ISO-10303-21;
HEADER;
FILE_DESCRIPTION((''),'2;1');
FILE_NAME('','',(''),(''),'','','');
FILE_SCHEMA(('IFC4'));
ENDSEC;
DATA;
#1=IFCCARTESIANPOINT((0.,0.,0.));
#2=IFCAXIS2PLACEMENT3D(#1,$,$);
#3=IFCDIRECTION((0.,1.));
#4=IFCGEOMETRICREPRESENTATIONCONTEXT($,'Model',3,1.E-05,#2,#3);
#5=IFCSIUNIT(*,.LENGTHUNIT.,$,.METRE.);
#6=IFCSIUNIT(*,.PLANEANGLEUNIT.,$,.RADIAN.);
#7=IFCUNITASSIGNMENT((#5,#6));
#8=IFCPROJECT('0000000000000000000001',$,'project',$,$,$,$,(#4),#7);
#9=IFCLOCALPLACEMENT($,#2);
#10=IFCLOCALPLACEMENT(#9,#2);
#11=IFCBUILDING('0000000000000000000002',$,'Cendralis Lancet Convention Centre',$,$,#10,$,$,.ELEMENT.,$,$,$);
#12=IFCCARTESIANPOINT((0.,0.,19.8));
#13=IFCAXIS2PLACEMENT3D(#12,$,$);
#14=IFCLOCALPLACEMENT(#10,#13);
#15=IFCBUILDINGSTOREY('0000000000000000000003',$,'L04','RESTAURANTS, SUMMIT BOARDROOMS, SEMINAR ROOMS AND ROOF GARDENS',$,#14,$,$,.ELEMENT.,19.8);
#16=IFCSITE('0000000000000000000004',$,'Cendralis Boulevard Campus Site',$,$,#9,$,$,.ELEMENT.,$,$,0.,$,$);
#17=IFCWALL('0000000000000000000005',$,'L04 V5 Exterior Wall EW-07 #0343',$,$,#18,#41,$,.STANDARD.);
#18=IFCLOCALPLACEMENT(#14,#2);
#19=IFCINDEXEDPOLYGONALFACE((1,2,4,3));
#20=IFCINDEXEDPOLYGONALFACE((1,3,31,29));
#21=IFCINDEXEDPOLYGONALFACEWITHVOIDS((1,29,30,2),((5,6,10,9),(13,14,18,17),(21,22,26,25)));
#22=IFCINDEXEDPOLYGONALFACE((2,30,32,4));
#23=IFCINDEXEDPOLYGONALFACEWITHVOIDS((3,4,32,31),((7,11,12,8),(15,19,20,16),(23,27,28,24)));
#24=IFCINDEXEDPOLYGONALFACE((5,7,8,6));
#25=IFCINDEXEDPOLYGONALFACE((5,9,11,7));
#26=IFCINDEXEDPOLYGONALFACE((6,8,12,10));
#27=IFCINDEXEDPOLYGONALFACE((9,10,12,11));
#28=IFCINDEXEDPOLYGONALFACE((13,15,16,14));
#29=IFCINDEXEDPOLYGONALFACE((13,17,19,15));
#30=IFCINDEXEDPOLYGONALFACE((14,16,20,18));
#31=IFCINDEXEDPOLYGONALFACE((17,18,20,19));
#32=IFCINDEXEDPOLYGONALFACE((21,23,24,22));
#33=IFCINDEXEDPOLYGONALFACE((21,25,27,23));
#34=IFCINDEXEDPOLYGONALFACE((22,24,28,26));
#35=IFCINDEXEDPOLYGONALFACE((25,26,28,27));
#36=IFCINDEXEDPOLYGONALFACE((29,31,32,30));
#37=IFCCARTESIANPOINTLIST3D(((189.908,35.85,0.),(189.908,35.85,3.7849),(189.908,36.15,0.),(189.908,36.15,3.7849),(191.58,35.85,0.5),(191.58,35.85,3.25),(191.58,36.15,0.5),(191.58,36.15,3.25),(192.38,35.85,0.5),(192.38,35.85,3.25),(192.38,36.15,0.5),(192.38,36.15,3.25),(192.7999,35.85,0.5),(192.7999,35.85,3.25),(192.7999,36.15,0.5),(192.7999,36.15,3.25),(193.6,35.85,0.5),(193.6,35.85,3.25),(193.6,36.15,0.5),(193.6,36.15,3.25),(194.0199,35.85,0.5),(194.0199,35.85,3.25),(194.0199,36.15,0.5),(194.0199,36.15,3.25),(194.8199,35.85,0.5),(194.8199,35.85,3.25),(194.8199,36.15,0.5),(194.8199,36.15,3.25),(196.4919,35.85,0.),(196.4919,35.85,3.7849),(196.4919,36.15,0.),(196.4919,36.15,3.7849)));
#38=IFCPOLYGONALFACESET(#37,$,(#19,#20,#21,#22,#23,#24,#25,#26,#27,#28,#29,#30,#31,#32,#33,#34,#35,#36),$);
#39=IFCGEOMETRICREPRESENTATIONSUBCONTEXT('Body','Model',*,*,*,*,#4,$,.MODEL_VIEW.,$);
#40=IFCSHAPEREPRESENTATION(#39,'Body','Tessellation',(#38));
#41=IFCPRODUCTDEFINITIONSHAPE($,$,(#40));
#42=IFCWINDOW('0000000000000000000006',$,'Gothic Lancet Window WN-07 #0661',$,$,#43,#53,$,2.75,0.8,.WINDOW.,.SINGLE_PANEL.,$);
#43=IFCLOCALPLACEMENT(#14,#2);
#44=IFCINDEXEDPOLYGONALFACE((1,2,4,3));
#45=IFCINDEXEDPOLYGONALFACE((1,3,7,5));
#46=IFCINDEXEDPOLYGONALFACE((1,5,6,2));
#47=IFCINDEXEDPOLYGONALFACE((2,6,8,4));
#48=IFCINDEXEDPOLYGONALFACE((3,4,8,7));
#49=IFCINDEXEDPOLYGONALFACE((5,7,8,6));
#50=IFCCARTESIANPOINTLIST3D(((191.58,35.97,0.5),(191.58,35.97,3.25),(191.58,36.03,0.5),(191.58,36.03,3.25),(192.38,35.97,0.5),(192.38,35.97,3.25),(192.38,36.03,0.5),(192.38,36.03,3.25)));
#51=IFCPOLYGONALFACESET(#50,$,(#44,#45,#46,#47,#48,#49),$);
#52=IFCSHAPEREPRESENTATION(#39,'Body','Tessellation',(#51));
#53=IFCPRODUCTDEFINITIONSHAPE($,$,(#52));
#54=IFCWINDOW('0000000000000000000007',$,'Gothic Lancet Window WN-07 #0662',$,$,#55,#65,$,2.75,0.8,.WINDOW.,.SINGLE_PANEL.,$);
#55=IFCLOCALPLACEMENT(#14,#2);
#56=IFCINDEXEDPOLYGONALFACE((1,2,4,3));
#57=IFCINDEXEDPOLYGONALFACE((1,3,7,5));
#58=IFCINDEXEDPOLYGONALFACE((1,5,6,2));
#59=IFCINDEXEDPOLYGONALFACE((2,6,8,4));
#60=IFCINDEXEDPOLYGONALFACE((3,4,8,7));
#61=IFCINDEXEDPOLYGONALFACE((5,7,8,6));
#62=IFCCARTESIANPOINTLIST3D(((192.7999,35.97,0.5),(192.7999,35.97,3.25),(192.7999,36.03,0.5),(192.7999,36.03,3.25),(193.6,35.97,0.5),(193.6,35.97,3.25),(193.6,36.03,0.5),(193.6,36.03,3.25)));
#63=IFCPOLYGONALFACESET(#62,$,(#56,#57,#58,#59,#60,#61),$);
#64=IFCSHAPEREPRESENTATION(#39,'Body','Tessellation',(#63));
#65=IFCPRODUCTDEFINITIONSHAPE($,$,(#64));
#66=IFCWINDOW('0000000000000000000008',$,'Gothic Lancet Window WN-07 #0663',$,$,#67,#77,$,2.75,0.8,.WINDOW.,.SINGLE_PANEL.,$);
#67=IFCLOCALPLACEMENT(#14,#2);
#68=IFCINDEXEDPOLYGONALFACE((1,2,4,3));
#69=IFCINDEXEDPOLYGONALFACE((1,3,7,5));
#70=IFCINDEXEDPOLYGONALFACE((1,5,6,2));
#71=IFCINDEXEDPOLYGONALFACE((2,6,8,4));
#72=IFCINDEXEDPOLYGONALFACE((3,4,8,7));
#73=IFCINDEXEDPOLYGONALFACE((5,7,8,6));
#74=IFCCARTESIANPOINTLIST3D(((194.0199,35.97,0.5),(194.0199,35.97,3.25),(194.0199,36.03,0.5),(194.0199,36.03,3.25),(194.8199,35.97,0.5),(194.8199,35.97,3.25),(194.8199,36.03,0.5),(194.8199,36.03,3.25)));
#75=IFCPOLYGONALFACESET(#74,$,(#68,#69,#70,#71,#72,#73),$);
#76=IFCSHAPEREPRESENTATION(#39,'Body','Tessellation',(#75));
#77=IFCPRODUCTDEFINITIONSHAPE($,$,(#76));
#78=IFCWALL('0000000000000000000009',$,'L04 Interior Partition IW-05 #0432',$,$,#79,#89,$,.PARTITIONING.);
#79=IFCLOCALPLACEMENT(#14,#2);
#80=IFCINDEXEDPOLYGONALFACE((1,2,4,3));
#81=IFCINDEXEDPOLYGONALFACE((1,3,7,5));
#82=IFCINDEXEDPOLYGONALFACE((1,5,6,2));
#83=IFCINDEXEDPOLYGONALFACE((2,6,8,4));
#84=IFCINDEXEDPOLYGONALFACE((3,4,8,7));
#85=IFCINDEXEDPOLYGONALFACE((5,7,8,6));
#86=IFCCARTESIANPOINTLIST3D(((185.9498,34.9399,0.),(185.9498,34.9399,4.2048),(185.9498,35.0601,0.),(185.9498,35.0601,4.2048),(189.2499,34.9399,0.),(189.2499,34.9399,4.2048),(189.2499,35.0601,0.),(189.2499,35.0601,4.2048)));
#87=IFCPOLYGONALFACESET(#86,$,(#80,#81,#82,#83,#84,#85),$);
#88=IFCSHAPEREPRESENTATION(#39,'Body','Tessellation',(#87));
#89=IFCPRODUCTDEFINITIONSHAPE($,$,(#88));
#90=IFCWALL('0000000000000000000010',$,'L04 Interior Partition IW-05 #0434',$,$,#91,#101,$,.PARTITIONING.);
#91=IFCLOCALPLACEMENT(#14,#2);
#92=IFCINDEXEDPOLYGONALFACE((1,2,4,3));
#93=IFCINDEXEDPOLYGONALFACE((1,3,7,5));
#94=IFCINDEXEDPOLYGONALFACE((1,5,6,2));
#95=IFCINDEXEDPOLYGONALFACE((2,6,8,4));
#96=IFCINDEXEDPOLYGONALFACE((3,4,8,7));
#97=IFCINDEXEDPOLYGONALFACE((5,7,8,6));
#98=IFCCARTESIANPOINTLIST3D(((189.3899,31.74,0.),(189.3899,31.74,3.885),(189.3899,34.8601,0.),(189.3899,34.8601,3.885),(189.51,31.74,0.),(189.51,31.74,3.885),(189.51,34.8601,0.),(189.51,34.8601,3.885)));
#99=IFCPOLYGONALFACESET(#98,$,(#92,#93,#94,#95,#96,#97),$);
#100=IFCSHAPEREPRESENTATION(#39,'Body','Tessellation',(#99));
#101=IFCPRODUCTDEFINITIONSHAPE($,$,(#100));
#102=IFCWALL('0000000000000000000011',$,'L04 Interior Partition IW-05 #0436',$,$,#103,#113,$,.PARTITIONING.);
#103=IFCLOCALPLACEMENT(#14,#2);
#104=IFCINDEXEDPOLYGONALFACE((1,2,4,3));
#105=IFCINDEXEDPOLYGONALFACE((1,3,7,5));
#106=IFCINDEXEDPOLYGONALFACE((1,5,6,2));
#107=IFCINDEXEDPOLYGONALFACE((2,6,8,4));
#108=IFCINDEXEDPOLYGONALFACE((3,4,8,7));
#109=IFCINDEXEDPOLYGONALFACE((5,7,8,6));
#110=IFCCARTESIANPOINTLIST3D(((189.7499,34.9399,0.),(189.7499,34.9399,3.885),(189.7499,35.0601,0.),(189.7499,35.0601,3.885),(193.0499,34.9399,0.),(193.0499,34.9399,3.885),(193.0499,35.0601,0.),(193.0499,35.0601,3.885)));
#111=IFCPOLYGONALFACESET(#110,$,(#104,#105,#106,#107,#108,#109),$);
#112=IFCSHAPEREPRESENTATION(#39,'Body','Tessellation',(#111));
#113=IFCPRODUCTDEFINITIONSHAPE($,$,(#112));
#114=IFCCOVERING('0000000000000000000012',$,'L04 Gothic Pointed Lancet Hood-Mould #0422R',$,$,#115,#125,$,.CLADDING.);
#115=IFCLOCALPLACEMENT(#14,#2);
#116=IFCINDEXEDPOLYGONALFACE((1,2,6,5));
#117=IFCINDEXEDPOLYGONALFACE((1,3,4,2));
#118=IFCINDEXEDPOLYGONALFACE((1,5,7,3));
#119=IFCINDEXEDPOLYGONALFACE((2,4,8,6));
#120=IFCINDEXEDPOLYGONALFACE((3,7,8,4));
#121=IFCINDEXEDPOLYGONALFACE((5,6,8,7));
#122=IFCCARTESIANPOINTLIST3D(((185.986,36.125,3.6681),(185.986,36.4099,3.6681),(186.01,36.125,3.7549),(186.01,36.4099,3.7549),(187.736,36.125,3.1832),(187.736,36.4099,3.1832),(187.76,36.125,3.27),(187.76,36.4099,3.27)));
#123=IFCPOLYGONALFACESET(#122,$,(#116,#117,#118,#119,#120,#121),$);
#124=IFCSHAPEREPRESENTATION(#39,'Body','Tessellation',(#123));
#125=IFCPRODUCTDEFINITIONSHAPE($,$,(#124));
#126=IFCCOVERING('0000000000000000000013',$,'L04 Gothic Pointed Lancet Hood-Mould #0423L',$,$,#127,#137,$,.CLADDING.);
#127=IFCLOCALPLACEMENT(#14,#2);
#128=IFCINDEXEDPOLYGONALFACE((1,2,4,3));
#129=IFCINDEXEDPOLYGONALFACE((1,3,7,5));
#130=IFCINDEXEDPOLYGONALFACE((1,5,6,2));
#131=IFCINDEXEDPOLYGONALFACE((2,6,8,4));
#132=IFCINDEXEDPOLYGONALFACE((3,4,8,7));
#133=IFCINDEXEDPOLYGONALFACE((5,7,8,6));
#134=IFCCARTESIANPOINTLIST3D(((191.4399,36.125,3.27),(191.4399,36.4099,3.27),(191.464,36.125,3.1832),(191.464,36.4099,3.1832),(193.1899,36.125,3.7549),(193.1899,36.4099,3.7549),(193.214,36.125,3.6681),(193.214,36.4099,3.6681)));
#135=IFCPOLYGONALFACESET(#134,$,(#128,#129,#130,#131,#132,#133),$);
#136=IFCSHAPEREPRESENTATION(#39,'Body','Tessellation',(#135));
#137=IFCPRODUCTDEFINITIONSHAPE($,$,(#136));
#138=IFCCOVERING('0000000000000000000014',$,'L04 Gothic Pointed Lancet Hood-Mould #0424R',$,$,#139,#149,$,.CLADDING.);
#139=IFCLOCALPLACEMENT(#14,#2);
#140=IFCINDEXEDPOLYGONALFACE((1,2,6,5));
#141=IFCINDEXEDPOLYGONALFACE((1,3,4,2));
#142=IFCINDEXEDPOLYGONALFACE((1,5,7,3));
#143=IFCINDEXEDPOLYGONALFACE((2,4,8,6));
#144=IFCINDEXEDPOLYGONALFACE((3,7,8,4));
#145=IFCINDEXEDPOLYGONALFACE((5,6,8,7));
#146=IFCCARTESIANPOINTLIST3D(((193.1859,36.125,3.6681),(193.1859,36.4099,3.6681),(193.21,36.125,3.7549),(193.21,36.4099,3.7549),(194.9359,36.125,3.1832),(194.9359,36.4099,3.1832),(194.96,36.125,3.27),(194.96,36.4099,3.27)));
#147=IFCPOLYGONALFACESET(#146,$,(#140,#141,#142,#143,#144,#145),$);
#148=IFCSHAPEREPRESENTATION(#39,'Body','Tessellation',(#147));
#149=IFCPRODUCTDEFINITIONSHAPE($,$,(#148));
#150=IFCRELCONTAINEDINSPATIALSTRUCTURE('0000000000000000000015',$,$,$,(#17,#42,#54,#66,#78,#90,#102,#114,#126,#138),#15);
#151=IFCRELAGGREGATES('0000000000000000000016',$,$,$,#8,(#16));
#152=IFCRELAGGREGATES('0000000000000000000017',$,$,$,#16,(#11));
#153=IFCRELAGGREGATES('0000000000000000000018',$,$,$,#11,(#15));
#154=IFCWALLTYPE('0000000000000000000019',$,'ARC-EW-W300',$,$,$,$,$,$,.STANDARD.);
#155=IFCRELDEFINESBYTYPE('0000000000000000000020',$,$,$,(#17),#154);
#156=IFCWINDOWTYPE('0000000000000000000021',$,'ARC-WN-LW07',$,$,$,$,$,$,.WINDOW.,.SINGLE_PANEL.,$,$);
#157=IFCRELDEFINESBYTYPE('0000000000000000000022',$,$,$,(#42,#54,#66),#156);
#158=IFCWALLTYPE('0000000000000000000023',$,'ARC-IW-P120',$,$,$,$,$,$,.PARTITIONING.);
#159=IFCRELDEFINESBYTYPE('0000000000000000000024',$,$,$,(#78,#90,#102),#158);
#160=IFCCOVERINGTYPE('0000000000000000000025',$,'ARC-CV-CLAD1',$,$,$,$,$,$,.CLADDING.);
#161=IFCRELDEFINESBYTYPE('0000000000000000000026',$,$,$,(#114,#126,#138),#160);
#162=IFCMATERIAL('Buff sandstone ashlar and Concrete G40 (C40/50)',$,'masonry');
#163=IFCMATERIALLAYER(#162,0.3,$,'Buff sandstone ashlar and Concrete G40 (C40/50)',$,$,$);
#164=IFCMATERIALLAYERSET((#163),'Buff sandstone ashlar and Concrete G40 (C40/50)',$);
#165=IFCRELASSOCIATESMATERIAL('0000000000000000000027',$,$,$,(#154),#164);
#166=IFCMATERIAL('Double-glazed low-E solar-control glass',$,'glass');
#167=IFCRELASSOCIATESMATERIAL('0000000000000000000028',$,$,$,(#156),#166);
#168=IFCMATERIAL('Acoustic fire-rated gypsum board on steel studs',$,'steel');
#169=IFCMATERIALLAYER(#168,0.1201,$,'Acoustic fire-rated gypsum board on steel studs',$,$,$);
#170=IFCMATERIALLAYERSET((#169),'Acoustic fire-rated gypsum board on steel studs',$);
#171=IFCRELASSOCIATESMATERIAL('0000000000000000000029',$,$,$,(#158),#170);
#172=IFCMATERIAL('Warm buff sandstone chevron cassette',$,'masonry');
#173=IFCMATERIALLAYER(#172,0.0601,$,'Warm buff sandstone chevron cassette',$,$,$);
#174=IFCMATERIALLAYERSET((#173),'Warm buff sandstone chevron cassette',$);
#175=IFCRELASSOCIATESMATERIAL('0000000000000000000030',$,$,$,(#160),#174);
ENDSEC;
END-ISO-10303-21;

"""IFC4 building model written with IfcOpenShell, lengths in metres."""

from ifc_helpers import new_model, si_unit, direction, frame, frame_2d, origin, place, context, subcontext, project, spatial, polyline, rectangle, outline, extrude, material, layer, layer_set, type_object, element, fill, save


model = new_model("IFC4")

# Units and contexts
model_context = context("Model", 3, precision=1e-05, world=origin(), true_north=direction((0.0, 1.0)))
body_context = subcontext(model_context, "Body", "Model", "MODEL_VIEW")
ifc_project = project(units=[si_unit("LENGTHUNIT", "METRE"), si_unit("PLANEANGLEUNIT", "RADIAN")], contexts=[model_context])

# Site, building, storey
site_placement = place(None, origin())
site = spatial("IfcSite", under=ifc_project, at=site_placement, Name="Cendralis Boulevard Campus Site", CompositionType="ELEMENT", RefElevation=0.0)
building_placement = place(site_placement, origin())
building = spatial("IfcBuilding", under=site, at=building_placement, Name="Cendralis Lancet Convention Centre", CompositionType="ELEMENT")
storey_placement = place(building_placement, frame((0.0, 0.0, 19.8)))
storey = spatial("IfcBuildingStorey", under=building, at=storey_placement, Name="L04", Description="RESTAURANTS, SUMMIT BOARDROOMS, SEMINAR ROOMS AND ROOF GARDENS", CompositionType="ELEMENT", Elevation=19.8)

# Wall, openings, windows
ifc_material_1 = material(Name="Buff sandstone ashlar and Concrete G40 (C40/50)", Category="masonry")
ifc_layer_1 = layer(ifc_material_1, 0.3, Name="Buff sandstone ashlar and Concrete G40 (C40/50)")
ifc_layer_set_1 = layer_set([ifc_layer_1], Name="Buff sandstone ashlar and Concrete G40 (C40/50)")
wall_type_1 = type_object("IfcWallType", Name="ARC-EW-W300", PredefinedType="STANDARD", material=ifc_layer_set_1)
wall_1_placement = place(storey_placement, frame((189.908, 36.0, 0.0), z_axis=(0.0, 0.0, 1.0), x_axis=(1.0, 0.0, 0.0)))
wall_1 = element("IfcWall", 1, at=wall_1_placement, inside=storey, type_object=wall_type_1, Name="L04 V5 Exterior Wall EW-07 #0343", PredefinedType="STANDARD", context=body_context, shape_type="SweptSolid", body=[
    extrude(rectangle(XDim=6.584, YDim=0.3, at=frame_2d((3.292, 0.0))), origin(), (0.0, 0.0, 1.0), 3.7849),
])
opening_1_placement = place(wall_1_placement, frame((1.6721, 0.0, 0.5)))
opening_1 = element("IfcOpeningElement", 2, at=opening_1_placement, cuts=wall_1, PredefinedType="OPENING", context=body_context, shape_type="SweptSolid", body=[
    extrude(rectangle(XDim=0.8, YDim=2.75, at=frame_2d((0.3999, 1.375))), frame((0.0, 0.1599, 0.0), z_axis=(0.0, -1.0, 0.0), x_axis=(1.0, 0.0, 0.0)), (0.0, 0.0, 1.0), 0.3201),
])
opening_2_placement = place(wall_1_placement, frame((2.8921, 0.0, 0.5)))
opening_2 = element("IfcOpeningElement", 3, at=opening_2_placement, cuts=wall_1, PredefinedType="OPENING", context=body_context, shape_type="SweptSolid", body=[
    extrude(rectangle(XDim=0.8, YDim=2.75, at=frame_2d((0.3999, 1.375))), frame((0.0, 0.1599, 0.0), z_axis=(0.0, -1.0, 0.0), x_axis=(1.0, 0.0, 0.0)), (0.0, 0.0, 1.0), 0.3201),
])
opening_3_placement = place(wall_1_placement, frame((4.1121, 0.0, 0.5)))
opening_3 = element("IfcOpeningElement", 4, at=opening_3_placement, cuts=wall_1, PredefinedType="OPENING", context=body_context, shape_type="SweptSolid", body=[
    extrude(rectangle(XDim=0.8, YDim=2.75, at=frame_2d((0.3999, 1.375))), frame((0.0, 0.1599, 0.0), z_axis=(0.0, -1.0, 0.0), x_axis=(1.0, 0.0, 0.0)), (0.0, 0.0, 1.0), 0.3201),
])
ifc_material_2 = material(Name="Double-glazed low-E solar-control glass", Category="glass")
window_type = type_object("IfcWindowType", Name="ARC-WN-LW07", PartitioningType="SINGLE_PANEL", PredefinedType="WINDOW", material=ifc_material_2)
window_1_placement = place(opening_1_placement, origin())
window_1 = element("IfcWindow", 5, at=window_1_placement, inside=storey, type_object=window_type, Name="Gothic Lancet Window WN-07 #0661", OverallHeight=2.75, OverallWidth=0.8, PartitioningType="SINGLE_PANEL", PredefinedType="WINDOW", context=body_context, shape_type="SweptSolid", body=[
    extrude(rectangle(XDim=0.8, YDim=2.75, at=frame_2d((0.3999, 1.375))), frame((0.0, 0.03, 0.0), z_axis=(0.0, -1.0, 0.0), x_axis=(1.0, 0.0, 0.0)), (0.0, 0.0, 1.0), 0.0601),
])
fill(opening_1, window_1)
window_2_placement = place(opening_2_placement, origin())
window_2 = element("IfcWindow", 6, at=window_2_placement, inside=storey, type_object=window_type, Name="Gothic Lancet Window WN-07 #0662", OverallHeight=2.75, OverallWidth=0.8, PartitioningType="SINGLE_PANEL", PredefinedType="WINDOW", context=body_context, shape_type="SweptSolid", body=[
    extrude(rectangle(XDim=0.8, YDim=2.75, at=frame_2d((0.3999, 1.375))), frame((0.0, 0.03, 0.0), z_axis=(0.0, -1.0, 0.0), x_axis=(1.0, 0.0, 0.0)), (0.0, 0.0, 1.0), 0.0601),
])
fill(opening_2, window_2)
window_3_placement = place(opening_3_placement, origin())
window_3 = element("IfcWindow", 7, at=window_3_placement, inside=storey, type_object=window_type, Name="Gothic Lancet Window WN-07 #0663", OverallHeight=2.75, OverallWidth=0.8, PartitioningType="SINGLE_PANEL", PredefinedType="WINDOW", context=body_context, shape_type="SweptSolid", body=[
    extrude(rectangle(XDim=0.8, YDim=2.75, at=frame_2d((0.3999, 1.375))), frame((0.0, 0.03, 0.0), z_axis=(0.0, -1.0, 0.0), x_axis=(1.0, 0.0, 0.0)), (0.0, 0.0, 1.0), 0.0601),
])
fill(opening_3, window_3)

# Walls
ifc_material_3 = material(Name="Acoustic fire-rated gypsum board on steel studs", Category="steel")
ifc_layer_2 = layer(ifc_material_3, 0.1201, Name="Acoustic fire-rated gypsum board on steel studs")
ifc_layer_set_2 = layer_set([ifc_layer_2], Name="Acoustic fire-rated gypsum board on steel studs")
wall_type_2 = type_object("IfcWallType", Name="ARC-IW-P120", PredefinedType="PARTITIONING", material=ifc_layer_set_2)
wall_2_placement = place(storey_placement, frame((185.95, 35.0, 0.0), z_axis=(0.0, 0.0, 1.0), x_axis=(1.0, 0.0, 0.0)))
element("IfcWall", 8, at=wall_2_placement, inside=storey, type_object=wall_type_2, Name="L04 Interior Partition IW-05 #0432", PredefinedType="PARTITIONING", context=body_context, shape_type="SweptSolid", body=[
    extrude(rectangle(XDim=3.3, YDim=0.1201, at=frame_2d((1.6499, 0.0))), origin(), (0.0, 0.0, 1.0), 4.2048),
])
wall_3_placement = place(storey_placement, frame((189.45, 31.74, 0.0), z_axis=(0.0, 0.0, 1.0), x_axis=(0.0, 1.0, 0.0)))
element("IfcWall", 9, at=wall_3_placement, inside=storey, type_object=wall_type_2, Name="L04 Interior Partition IW-05 #0434", PredefinedType="PARTITIONING", context=body_context, shape_type="SweptSolid", body=[
    extrude(rectangle(XDim=3.1201, YDim=0.1201, at=frame_2d((1.5601, 0.0))), origin(), (0.0, 0.0, 1.0), 3.885),
])

# Wall
wall_4_placement = place(storey_placement, frame((189.75, 35.0, 0.0), z_axis=(0.0, 0.0, 1.0), x_axis=(1.0, 0.0, 0.0)))
element("IfcWall", 10, at=wall_4_placement, inside=storey, type_object=wall_type_2, Name="L04 Interior Partition IW-05 #0436", PredefinedType="PARTITIONING", context=body_context, shape_type="SweptSolid", body=[
    extrude(rectangle(XDim=3.3, YDim=0.1201, at=frame_2d((1.6499, 0.0))), origin(), (0.0, 0.0, 1.0), 3.885),
])

# Coverings
ifc_material_4 = material(Name="Warm buff sandstone chevron cassette", Category="masonry")
ifc_layer_3 = layer(ifc_material_4, 0.0601, Name="Warm buff sandstone chevron cassette")
ifc_layer_set_3 = layer_set([ifc_layer_3], Name="Warm buff sandstone chevron cassette")
covering_type = type_object("IfcCoveringType", Name="ARC-CV-CLAD1", PredefinedType="CLADDING", material=ifc_layer_set_3)
for number, where, z_axis, x_axis, name in (
    (11, (186.01, 36.4099, 3.7549), (0.267006, 0.0, 0.963695), (0.0, -1.0, 0.0), "L04 Gothic Pointed Lancet Hood-Mould #0422R"),
    (12, (191.4399, 36.4099, 3.27), (-0.267006, 0.0, 0.963695), (0.0, -1.0, 0.0), "L04 Gothic Pointed Lancet Hood-Mould #0423L"),
    (13, (193.21, 36.4099, 3.7549), (0.267006, 0.0, 0.963695), (0.0, -1.0, 0.0), "L04 Gothic Pointed Lancet Hood-Mould #0424R"),
):
    element("IfcCovering", number, at=place(storey_placement, frame(where, z_axis=z_axis, x_axis=x_axis)), inside=storey, type_object=covering_type, Name=name, PredefinedType="CLADDING", context=body_context, shape_type="SweptSolid", body=[
        extrude(outline(polyline([(0.0, 0.0), (0.2849, 0.0), (0.2849, 1.8159), (0.0, 1.8159), (0.0, 0.0)])), origin(), (0.0, 0.0, -1.0), 0.0901),
    ])

save(model, "model.ifc")
